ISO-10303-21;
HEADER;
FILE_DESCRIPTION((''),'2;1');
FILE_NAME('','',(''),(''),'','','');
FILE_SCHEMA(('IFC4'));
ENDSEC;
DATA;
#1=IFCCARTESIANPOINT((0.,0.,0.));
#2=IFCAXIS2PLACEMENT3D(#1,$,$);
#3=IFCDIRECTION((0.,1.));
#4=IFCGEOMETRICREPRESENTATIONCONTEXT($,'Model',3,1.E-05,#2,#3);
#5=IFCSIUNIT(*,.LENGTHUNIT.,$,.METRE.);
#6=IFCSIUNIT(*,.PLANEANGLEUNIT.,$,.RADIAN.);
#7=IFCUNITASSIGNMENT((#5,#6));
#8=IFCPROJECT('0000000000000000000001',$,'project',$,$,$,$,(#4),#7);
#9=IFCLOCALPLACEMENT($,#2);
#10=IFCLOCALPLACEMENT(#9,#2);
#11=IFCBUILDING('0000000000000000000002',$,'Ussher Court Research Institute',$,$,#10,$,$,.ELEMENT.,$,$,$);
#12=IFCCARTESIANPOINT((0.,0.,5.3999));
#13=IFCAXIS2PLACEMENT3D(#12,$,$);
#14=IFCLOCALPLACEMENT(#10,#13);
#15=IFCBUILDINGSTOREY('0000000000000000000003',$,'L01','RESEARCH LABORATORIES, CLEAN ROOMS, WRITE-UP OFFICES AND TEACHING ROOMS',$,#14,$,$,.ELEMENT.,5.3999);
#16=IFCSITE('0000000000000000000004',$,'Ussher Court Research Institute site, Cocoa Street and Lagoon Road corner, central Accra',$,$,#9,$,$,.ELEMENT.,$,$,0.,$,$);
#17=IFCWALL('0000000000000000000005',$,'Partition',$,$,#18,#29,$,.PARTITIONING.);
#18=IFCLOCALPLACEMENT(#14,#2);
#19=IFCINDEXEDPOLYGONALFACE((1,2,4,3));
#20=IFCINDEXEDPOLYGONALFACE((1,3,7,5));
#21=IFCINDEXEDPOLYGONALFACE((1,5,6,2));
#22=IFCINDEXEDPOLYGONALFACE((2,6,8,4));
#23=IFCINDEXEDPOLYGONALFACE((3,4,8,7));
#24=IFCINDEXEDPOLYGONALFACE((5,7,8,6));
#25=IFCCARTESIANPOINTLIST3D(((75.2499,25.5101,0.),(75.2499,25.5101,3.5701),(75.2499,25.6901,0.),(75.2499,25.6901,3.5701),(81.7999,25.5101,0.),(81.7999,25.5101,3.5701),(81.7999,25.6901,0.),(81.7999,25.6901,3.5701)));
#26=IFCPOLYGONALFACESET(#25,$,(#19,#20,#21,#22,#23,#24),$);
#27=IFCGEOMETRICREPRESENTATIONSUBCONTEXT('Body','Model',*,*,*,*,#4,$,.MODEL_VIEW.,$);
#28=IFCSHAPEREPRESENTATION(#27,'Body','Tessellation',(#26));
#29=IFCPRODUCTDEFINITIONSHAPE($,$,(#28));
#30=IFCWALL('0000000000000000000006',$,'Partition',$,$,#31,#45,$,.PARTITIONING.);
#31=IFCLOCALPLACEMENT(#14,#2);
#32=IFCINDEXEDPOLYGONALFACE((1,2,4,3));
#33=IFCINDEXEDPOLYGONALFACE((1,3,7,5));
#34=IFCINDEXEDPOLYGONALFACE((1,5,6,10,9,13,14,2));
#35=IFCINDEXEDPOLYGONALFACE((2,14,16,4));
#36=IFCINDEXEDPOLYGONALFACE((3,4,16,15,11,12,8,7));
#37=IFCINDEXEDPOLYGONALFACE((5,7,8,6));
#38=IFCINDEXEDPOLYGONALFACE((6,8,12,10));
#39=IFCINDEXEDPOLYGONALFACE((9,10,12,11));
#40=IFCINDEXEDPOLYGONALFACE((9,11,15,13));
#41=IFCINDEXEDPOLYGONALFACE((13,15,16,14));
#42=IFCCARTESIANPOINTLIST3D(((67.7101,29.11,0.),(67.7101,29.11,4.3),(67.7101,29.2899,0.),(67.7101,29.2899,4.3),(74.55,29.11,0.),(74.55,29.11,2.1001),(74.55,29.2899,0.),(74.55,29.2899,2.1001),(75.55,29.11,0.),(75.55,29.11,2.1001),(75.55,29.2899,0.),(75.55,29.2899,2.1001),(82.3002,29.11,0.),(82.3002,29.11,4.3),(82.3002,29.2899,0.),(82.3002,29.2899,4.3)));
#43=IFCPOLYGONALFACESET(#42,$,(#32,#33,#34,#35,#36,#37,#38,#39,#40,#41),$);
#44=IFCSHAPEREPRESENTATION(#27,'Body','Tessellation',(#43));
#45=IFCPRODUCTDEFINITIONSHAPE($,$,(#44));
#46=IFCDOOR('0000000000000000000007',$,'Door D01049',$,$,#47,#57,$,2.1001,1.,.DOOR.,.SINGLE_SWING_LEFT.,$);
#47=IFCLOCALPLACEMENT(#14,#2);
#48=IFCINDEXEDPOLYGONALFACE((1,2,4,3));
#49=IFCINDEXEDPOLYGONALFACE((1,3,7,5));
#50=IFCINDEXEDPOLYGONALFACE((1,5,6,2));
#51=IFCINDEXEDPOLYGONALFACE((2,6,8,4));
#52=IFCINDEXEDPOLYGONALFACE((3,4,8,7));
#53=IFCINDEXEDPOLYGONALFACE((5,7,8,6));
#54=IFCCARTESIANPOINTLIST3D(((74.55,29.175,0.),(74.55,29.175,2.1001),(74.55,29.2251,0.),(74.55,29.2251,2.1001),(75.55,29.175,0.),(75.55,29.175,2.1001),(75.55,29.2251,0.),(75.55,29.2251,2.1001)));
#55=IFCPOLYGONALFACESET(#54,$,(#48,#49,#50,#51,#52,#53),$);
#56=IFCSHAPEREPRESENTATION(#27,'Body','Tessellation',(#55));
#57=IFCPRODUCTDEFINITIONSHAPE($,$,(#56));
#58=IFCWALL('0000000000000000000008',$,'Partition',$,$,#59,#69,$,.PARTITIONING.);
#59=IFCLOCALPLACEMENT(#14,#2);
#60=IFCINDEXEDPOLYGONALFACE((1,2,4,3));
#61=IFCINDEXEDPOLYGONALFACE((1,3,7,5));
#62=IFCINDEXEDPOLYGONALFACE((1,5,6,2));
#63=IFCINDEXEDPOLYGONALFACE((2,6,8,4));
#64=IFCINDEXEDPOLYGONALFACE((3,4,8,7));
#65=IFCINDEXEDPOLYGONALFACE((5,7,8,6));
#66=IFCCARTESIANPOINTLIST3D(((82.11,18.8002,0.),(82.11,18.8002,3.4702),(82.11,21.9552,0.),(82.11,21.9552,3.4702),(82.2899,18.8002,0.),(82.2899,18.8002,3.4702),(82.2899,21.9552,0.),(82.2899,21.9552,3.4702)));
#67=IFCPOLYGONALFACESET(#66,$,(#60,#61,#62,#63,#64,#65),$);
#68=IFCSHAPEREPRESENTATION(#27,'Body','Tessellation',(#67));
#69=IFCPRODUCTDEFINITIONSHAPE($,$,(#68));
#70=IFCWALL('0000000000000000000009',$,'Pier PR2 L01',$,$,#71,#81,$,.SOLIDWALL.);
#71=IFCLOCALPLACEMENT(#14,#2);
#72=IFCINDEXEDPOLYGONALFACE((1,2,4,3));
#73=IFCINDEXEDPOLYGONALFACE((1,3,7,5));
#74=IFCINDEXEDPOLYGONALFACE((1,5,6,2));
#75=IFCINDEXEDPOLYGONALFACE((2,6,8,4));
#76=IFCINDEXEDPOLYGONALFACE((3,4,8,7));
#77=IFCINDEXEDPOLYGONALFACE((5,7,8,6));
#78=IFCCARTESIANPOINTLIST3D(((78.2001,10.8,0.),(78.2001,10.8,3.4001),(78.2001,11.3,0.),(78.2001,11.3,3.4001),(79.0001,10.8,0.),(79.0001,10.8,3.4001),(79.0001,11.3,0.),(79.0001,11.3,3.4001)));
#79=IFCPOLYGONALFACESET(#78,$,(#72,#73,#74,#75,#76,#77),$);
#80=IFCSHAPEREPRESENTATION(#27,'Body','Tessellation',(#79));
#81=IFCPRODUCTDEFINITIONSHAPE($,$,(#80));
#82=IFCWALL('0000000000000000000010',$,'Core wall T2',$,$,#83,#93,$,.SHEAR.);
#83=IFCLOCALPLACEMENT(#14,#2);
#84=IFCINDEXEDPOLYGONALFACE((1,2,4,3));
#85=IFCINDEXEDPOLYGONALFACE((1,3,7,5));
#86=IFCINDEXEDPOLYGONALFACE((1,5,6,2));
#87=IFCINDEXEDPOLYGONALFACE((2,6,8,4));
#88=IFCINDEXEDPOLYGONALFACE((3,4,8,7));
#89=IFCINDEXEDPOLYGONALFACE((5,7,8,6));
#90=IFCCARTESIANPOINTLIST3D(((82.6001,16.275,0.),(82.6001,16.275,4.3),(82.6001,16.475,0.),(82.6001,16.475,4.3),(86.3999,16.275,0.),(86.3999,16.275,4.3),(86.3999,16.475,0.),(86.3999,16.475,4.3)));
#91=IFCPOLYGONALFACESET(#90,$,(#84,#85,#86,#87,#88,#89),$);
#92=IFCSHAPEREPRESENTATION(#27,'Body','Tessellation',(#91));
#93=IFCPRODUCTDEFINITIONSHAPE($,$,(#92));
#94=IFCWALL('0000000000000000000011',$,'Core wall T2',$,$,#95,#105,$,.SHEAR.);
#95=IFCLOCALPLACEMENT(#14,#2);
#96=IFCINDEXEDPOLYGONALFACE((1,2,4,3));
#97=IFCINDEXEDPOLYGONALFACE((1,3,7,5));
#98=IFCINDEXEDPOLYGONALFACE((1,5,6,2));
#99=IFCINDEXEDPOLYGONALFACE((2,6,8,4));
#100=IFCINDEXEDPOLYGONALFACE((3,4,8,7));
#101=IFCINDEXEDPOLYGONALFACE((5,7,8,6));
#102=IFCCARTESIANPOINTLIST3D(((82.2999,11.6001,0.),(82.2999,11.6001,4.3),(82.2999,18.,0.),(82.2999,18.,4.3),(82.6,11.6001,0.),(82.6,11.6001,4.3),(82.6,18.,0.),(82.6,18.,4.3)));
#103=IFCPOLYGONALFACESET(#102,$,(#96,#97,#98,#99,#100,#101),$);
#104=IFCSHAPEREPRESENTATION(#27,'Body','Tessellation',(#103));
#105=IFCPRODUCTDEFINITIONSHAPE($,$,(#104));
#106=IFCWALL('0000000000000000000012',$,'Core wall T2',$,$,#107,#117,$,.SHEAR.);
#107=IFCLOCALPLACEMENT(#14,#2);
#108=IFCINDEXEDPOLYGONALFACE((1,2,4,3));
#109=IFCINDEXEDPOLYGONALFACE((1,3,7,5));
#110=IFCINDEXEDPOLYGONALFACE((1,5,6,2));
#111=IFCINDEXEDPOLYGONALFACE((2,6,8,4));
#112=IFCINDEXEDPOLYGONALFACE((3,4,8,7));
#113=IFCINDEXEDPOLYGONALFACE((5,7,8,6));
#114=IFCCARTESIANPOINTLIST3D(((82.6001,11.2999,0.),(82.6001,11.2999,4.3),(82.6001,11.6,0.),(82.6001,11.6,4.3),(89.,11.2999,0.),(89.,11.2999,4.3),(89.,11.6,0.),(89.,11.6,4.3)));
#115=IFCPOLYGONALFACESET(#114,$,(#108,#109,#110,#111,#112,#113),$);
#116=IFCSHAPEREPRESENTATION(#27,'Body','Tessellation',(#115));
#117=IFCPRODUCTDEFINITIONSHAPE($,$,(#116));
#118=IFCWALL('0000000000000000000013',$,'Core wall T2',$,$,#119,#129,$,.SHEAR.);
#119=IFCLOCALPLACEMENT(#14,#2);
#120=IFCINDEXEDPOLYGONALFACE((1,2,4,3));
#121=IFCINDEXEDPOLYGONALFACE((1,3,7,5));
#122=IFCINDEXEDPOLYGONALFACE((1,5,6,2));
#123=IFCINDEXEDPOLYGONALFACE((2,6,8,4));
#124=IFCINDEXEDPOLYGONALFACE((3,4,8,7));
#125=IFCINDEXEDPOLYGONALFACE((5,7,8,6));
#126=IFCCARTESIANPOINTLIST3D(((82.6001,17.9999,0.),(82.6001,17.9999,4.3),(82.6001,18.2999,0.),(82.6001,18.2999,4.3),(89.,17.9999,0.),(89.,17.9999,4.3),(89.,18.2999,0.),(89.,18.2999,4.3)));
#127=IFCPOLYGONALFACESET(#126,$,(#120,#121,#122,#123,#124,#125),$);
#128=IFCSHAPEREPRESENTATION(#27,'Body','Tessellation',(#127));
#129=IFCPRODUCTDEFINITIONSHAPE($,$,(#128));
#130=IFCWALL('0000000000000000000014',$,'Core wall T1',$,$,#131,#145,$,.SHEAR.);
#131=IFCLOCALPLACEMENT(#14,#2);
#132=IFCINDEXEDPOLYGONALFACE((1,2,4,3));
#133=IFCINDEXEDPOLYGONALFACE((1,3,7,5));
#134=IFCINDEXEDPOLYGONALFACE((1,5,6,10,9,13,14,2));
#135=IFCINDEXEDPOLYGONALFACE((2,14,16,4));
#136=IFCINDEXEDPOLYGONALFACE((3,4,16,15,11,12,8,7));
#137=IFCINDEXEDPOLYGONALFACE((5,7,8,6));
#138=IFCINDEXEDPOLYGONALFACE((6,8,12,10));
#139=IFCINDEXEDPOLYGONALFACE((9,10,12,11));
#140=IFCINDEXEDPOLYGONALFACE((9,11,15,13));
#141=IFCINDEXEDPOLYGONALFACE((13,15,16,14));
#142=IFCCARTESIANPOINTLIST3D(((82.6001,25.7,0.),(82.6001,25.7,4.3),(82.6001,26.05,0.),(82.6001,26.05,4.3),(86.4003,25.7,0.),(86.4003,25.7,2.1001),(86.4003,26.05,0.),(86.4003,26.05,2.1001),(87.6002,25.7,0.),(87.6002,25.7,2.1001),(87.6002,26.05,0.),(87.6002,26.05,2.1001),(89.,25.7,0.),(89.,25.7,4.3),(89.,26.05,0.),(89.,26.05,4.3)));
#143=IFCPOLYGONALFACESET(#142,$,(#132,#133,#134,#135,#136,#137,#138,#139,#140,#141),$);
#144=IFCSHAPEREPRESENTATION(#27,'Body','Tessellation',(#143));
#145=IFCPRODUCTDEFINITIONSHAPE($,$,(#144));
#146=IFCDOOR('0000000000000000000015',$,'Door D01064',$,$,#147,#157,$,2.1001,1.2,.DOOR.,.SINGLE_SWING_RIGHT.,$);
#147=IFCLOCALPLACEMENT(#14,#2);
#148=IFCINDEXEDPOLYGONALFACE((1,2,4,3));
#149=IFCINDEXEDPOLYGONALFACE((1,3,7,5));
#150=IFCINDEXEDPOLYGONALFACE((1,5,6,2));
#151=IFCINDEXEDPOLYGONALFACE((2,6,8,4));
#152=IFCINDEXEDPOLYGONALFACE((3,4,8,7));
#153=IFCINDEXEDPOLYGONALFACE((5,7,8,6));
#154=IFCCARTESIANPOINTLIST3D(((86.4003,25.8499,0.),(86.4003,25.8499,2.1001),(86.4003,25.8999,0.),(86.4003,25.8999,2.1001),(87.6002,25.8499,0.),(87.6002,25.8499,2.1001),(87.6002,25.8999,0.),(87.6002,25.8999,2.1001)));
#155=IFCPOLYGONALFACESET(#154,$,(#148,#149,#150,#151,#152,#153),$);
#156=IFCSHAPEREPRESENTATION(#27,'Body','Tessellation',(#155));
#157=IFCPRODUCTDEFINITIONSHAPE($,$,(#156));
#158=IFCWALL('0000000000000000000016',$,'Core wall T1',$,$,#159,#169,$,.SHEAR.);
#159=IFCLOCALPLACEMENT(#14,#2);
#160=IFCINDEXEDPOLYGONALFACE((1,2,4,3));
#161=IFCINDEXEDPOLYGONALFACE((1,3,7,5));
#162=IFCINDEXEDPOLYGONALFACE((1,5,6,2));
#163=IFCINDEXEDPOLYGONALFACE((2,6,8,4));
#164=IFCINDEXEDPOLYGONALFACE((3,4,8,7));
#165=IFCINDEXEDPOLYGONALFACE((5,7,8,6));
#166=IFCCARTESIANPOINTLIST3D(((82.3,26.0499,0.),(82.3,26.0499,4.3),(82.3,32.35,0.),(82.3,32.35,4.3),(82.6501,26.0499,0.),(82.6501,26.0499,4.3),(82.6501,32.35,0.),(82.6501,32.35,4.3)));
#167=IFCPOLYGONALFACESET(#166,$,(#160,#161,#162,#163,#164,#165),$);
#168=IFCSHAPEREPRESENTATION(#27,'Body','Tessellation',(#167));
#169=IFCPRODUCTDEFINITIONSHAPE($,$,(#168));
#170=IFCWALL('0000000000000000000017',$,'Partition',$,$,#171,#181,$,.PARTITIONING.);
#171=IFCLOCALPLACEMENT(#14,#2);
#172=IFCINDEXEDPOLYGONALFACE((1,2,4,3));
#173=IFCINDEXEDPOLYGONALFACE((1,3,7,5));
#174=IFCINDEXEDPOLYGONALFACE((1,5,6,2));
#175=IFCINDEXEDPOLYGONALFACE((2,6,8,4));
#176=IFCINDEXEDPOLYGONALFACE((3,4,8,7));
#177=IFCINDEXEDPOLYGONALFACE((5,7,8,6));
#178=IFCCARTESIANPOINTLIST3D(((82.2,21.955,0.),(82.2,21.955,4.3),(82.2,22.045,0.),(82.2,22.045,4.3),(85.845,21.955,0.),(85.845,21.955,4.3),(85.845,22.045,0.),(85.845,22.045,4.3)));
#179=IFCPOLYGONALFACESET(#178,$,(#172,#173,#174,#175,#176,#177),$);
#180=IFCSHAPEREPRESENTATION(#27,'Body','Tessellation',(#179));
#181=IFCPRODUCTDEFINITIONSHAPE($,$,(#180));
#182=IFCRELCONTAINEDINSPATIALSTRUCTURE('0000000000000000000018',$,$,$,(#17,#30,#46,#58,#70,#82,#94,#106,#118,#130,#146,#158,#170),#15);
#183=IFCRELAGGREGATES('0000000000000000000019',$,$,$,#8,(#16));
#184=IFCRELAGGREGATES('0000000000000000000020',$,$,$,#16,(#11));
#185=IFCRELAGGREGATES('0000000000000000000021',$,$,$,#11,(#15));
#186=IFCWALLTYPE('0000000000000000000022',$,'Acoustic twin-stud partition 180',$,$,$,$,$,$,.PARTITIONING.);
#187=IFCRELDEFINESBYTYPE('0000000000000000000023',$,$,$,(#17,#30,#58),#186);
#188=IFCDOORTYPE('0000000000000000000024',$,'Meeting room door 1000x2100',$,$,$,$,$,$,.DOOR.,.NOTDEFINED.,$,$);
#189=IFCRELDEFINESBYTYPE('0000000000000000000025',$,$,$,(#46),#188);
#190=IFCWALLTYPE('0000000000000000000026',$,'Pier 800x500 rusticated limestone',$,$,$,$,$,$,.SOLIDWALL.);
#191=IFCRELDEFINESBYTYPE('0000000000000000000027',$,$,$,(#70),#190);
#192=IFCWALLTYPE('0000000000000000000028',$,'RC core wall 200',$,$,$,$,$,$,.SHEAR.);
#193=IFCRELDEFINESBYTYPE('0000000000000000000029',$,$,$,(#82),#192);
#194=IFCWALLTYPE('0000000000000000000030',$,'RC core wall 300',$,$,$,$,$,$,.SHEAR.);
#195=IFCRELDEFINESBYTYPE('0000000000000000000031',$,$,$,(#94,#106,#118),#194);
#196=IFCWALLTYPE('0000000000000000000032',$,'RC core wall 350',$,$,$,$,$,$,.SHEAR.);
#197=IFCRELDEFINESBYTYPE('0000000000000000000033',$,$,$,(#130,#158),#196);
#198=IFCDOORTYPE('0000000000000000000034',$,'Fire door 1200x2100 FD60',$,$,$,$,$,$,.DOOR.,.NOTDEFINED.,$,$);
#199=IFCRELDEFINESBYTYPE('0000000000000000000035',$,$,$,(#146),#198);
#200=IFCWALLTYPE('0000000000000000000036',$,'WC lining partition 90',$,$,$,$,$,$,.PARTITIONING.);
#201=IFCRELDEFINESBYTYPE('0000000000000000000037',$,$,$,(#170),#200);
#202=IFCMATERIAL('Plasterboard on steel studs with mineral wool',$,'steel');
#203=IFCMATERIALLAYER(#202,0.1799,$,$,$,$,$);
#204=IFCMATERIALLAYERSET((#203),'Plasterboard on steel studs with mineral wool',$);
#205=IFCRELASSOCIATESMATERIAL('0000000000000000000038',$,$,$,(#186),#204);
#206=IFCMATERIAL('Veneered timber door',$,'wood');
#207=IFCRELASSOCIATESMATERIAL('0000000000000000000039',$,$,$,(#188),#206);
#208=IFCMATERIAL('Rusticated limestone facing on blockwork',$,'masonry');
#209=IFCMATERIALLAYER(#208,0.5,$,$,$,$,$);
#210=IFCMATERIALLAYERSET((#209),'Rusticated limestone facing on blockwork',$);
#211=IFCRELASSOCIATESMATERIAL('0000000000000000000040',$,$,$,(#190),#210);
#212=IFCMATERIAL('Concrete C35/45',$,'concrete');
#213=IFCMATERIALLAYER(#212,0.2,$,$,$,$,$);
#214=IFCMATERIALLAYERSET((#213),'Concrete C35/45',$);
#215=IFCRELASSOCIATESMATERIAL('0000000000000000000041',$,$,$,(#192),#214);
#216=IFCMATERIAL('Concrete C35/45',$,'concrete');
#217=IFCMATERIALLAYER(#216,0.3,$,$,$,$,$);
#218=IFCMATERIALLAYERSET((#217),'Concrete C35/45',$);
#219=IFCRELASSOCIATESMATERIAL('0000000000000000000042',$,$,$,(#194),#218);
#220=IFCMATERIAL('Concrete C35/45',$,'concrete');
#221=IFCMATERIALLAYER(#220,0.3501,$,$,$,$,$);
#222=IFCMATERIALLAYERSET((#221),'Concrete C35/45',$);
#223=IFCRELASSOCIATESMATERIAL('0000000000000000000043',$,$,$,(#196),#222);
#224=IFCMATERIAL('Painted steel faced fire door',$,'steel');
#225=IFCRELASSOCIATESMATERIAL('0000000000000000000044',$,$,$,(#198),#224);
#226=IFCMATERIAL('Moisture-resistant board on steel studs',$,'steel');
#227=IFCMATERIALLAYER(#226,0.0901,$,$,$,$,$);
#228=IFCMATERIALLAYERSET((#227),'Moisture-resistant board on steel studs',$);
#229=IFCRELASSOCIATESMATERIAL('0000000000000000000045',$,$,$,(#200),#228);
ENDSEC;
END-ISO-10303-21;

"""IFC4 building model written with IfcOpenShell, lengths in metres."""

from ifc_helpers import new_model, si_unit, direction, frame, frame_2d, origin, place, context, subcontext, project, spatial, rectangle, extrude, material, layer, layer_set, type_object, element, fill, save


model = new_model("IFC4")

# Units and contexts
model_context = context("Model", 3, precision=1e-05, world=origin(), true_north=direction((0.0, 1.0)))
body_context = subcontext(model_context, "Body", "Model", "MODEL_VIEW")
ifc_project = project(units=[si_unit("LENGTHUNIT", "METRE"), si_unit("PLANEANGLEUNIT", "RADIAN")], contexts=[model_context])

# Site, building, storey
site_placement = place(None, origin())
site = spatial("IfcSite", under=ifc_project, at=site_placement, Name="Ussher Court Research Institute site, Cocoa Street and Lagoon Road corner, central Accra", CompositionType="ELEMENT", RefElevation=0.0)
building_placement = place(site_placement, origin())
building = spatial("IfcBuilding", under=site, at=building_placement, Name="Ussher Court Research Institute", CompositionType="ELEMENT")
storey_placement = place(building_placement, frame((0.0, 0.0, 5.3999)))
storey = spatial("IfcBuildingStorey", under=building, at=storey_placement, Name="L01", Description="RESEARCH LABORATORIES, CLEAN ROOMS, WRITE-UP OFFICES AND TEACHING ROOMS", CompositionType="ELEMENT", Elevation=5.3999)

# Wall
ifc_material_1 = material(Name="Plasterboard on steel studs with mineral wool", Category="steel")
ifc_layer_1 = layer(ifc_material_1, 0.1799)
ifc_layer_set_1 = layer_set([ifc_layer_1], Name="Plasterboard on steel studs with mineral wool")
wall_type_1 = type_object("IfcWallType", Name="Acoustic twin-stud partition 180", PredefinedType="PARTITIONING", material=ifc_layer_set_1)
wall_1_placement = place(storey_placement, frame((75.25, 25.6001, 0.0), z_axis=(0.0, 0.0, 1.0), x_axis=(1.0, 0.0, 0.0)))
element("IfcWall", 1, at=wall_1_placement, inside=storey, type_object=wall_type_1, Name="Partition", PredefinedType="PARTITIONING", context=body_context, shape_type="SweptSolid", body=[
    extrude(rectangle(XDim=6.55, YDim=0.1799, at=frame_2d((3.2749, 0.0))), origin(), (0.0, 0.0, 1.0), 3.5701),
])

# Wall, opening, door
wall_2_placement = place(storey_placement, frame((82.3, 29.2, 0.0), z_axis=(0.0, 0.0, 1.0), x_axis=(-1.0, 0.0, 0.0)))
wall_2 = element("IfcWall", 2, at=wall_2_placement, inside=storey, type_object=wall_type_1, Name="Partition", PredefinedType="PARTITIONING", context=body_context, shape_type="SweptSolid", body=[
    extrude(rectangle(XDim=14.5901, YDim=0.1799, at=frame_2d((7.2949, 0.0))), origin(), (0.0, 0.0, 1.0), 4.3),
])
opening_1_placement = place(wall_2_placement, frame((6.75, 0.0, 0.0)))
opening_1 = element("IfcOpeningElement", 3, at=opening_1_placement, cuts=wall_2, PredefinedType="OPENING", context=body_context, shape_type="SweptSolid", body=[
    extrude(rectangle(XDim=1.0, YDim=2.1001, at=frame_2d((0.5, 1.05))), frame((0.0, 0.1001, 0.0), z_axis=(0.0, -1.0, 0.0), x_axis=(1.0, 0.0, 0.0)), (0.0, 0.0, 1.0), 0.2),
])
ifc_material_2 = material(Name="Veneered timber door", Category="wood")
door_type_1 = type_object("IfcDoorType", Name="Meeting room door 1000x2100", OperationType="NOTDEFINED", PredefinedType="DOOR", material=ifc_material_2)
door_1_placement = place(opening_1_placement, origin())
door_1 = element("IfcDoor", 4, at=door_1_placement, inside=storey, type_object=door_type_1, Name="Door D01049", OperationType="SINGLE_SWING_LEFT", OverallHeight=2.1001, OverallWidth=1.0, PredefinedType="DOOR", context=body_context, shape_type="SweptSolid", body=[
    extrude(rectangle(XDim=1.0, YDim=2.1001, at=frame_2d((0.5, 1.05))), frame((0.0, 0.0249, 0.0), z_axis=(0.0, -1.0, 0.0), x_axis=(1.0, 0.0, 0.0)), (0.0, 0.0, 1.0), 0.05),
])
fill(opening_1, door_1)

# Walls
wall_3_placement = place(storey_placement, frame((82.2, 18.8, 0.0), z_axis=(0.0, 0.0, 1.0), x_axis=(0.0, 1.0, 0.0)))
element("IfcWall", 5, at=wall_3_placement, inside=storey, type_object=wall_type_1, Name="Partition", PredefinedType="PARTITIONING", context=body_context, shape_type="SweptSolid", body=[
    extrude(rectangle(XDim=3.155, YDim=0.1799, at=frame_2d((1.5776, 0.0))), origin(), (0.0, 0.0, 1.0), 3.4702),
])
ifc_material_3 = material(Name="Rusticated limestone facing on blockwork", Category="masonry")
ifc_layer_2 = layer(ifc_material_3, 0.5)
ifc_layer_set_2 = layer_set([ifc_layer_2], Name="Rusticated limestone facing on blockwork")
wall_type_2 = type_object("IfcWallType", Name="Pier 800x500 rusticated limestone", PredefinedType="SOLIDWALL", material=ifc_layer_set_2)
wall_4_placement = place(storey_placement, frame((79.0, 11.05, 0.0), z_axis=(0.0, 0.0, 1.0), x_axis=(-1.0, 0.0, 0.0)))
element("IfcWall", 6, at=wall_4_placement, inside=storey, type_object=wall_type_2, Name="Pier PR2 L01", PredefinedType="SOLIDWALL", context=body_context, shape_type="SweptSolid", body=[
    extrude(rectangle(XDim=0.8, YDim=0.5, at=frame_2d((0.3999, 0.0))), origin(), (0.0, 0.0, 1.0), 3.4001),
])
ifc_material_4 = material(Name="Concrete C35/45", Category="concrete")
ifc_layer_3 = layer(ifc_material_4, 0.2)
ifc_layer_set_3 = layer_set([ifc_layer_3], Name="Concrete C35/45")
wall_type_3 = type_object("IfcWallType", Name="RC core wall 200", PredefinedType="SHEAR", material=ifc_layer_set_3)
wall_5_placement = place(storey_placement, frame((82.6001, 16.375, 0.0), z_axis=(0.0, 0.0, 1.0), x_axis=(1.0, 0.0, 0.0)))
element("IfcWall", 7, at=wall_5_placement, inside=storey, type_object=wall_type_3, Name="Core wall T2", PredefinedType="SHEAR", context=body_context, shape_type="SweptSolid", body=[
    extrude(rectangle(XDim=3.7998, YDim=0.2, at=frame_2d((1.8999, 0.0))), origin(), (0.0, 0.0, 1.0), 4.3),
])
ifc_material_5 = material(Name="Concrete C35/45", Category="concrete")
ifc_layer_4 = layer(ifc_material_5, 0.3)
ifc_layer_set_4 = layer_set([ifc_layer_4], Name="Concrete C35/45")
wall_type_4 = type_object("IfcWallType", Name="RC core wall 300", PredefinedType="SHEAR", material=ifc_layer_set_4)
for number, where, z_axis, x_axis, name in (
    (8, (82.45, 11.6001, 0.0), (0.0, 0.0, 1.0), (0.0, 1.0, 0.0), "Core wall T2"),
    (9, (82.6001, 11.45, 0.0), (0.0, 0.0, 1.0), (1.0, 0.0, 0.0), "Core wall T2"),
    (10, (82.6001, 18.1499, 0.0), (0.0, 0.0, 1.0), (1.0, 0.0, 0.0), "Core wall T2"),
):
    element("IfcWall", number, at=place(storey_placement, frame(where, z_axis=z_axis, x_axis=x_axis)), inside=storey, type_object=wall_type_4, Name=name, PredefinedType="SHEAR", context=body_context, shape_type="SweptSolid", body=[
        extrude(rectangle(XDim=6.3999, YDim=0.3, at=frame_2d((3.2, 0.0))), origin(), (0.0, 0.0, 1.0), 4.3),
    ])

# Wall, opening, door
ifc_material_6 = material(Name="Concrete C35/45", Category="concrete")
ifc_layer_5 = layer(ifc_material_6, 0.3501)
ifc_layer_set_5 = layer_set([ifc_layer_5], Name="Concrete C35/45")
wall_type_5 = type_object("IfcWallType", Name="RC core wall 350", PredefinedType="SHEAR", material=ifc_layer_set_5)
wall_6_placement = place(storey_placement, frame((82.6001, 25.875, 0.0), z_axis=(0.0, 0.0, 1.0), x_axis=(1.0, 0.0, 0.0)))
wall_6 = element("IfcWall", 11, at=wall_6_placement, inside=storey, type_object=wall_type_5, Name="Core wall T1", PredefinedType="SHEAR", context=body_context, shape_type="SweptSolid", body=[
    extrude(rectangle(XDim=6.3999, YDim=0.3501, at=frame_2d((3.2, 0.0))), origin(), (0.0, 0.0, 1.0), 4.3),
])
opening_2_placement = place(wall_6_placement, frame((3.8, 0.0, 0.0)))
opening_2 = element("IfcOpeningElement", 12, at=opening_2_placement, cuts=wall_6, PredefinedType="OPENING", context=body_context, shape_type="SweptSolid", body=[
    extrude(rectangle(XDim=1.2, YDim=2.1001, at=frame_2d((0.6001, 1.05))), frame((0.0, 0.1851, 0.0), z_axis=(0.0, -1.0, 0.0), x_axis=(1.0, 0.0, 0.0)), (0.0, 0.0, 1.0), 0.3701),
])
ifc_material_7 = material(Name="Painted steel faced fire door", Category="steel")
door_type_2 = type_object("IfcDoorType", Name="Fire door 1200x2100 FD60", OperationType="NOTDEFINED", PredefinedType="DOOR", material=ifc_material_7)
door_2_placement = place(opening_2_placement, origin())
door_2 = element("IfcDoor", 13, at=door_2_placement, inside=storey, type_object=door_type_2, Name="Door D01064", OperationType="SINGLE_SWING_RIGHT", OverallHeight=2.1001, OverallWidth=1.2, PredefinedType="DOOR", context=body_context, shape_type="SweptSolid", body=[
    extrude(rectangle(XDim=1.2, YDim=2.1001, at=frame_2d((0.6001, 1.05))), frame((0.0, 0.0249, 0.0), z_axis=(0.0, -1.0, 0.0), x_axis=(1.0, 0.0, 0.0)), (0.0, 0.0, 1.0), 0.05),
])
fill(opening_2, door_2)

# Walls
wall_7_placement = place(storey_placement, frame((82.4751, 26.05, 0.0), z_axis=(0.0, 0.0, 1.0), x_axis=(0.0, 1.0, 0.0)))
element("IfcWall", 14, at=wall_7_placement, inside=storey, type_object=wall_type_5, Name="Core wall T1", PredefinedType="SHEAR", context=body_context, shape_type="SweptSolid", body=[
    extrude(rectangle(XDim=6.3, YDim=0.3501, at=frame_2d((3.1499, 0.0))), origin(), (0.0, 0.0, 1.0), 4.3),
])
ifc_material_8 = material(Name="Moisture-resistant board on steel studs", Category="steel")
ifc_layer_6 = layer(ifc_material_8, 0.0901)
ifc_layer_set_6 = layer_set([ifc_layer_6], Name="Moisture-resistant board on steel studs")
wall_type_6 = type_object("IfcWallType", Name="WC lining partition 90", PredefinedType="PARTITIONING", material=ifc_layer_set_6)
wall_8_placement = place(storey_placement, frame((82.2, 22.0, 0.0), z_axis=(0.0, 0.0, 1.0), x_axis=(1.0, 0.0, 0.0)))
element("IfcWall", 15, at=wall_8_placement, inside=storey, type_object=wall_type_6, Name="Partition", PredefinedType="PARTITIONING", context=body_context, shape_type="SweptSolid", body=[
    extrude(rectangle(XDim=3.645, YDim=0.0901, at=frame_2d((1.8225, 0.0))), origin(), (0.0, 0.0, 1.0), 4.3),
])

save(model, "model.ifc")
